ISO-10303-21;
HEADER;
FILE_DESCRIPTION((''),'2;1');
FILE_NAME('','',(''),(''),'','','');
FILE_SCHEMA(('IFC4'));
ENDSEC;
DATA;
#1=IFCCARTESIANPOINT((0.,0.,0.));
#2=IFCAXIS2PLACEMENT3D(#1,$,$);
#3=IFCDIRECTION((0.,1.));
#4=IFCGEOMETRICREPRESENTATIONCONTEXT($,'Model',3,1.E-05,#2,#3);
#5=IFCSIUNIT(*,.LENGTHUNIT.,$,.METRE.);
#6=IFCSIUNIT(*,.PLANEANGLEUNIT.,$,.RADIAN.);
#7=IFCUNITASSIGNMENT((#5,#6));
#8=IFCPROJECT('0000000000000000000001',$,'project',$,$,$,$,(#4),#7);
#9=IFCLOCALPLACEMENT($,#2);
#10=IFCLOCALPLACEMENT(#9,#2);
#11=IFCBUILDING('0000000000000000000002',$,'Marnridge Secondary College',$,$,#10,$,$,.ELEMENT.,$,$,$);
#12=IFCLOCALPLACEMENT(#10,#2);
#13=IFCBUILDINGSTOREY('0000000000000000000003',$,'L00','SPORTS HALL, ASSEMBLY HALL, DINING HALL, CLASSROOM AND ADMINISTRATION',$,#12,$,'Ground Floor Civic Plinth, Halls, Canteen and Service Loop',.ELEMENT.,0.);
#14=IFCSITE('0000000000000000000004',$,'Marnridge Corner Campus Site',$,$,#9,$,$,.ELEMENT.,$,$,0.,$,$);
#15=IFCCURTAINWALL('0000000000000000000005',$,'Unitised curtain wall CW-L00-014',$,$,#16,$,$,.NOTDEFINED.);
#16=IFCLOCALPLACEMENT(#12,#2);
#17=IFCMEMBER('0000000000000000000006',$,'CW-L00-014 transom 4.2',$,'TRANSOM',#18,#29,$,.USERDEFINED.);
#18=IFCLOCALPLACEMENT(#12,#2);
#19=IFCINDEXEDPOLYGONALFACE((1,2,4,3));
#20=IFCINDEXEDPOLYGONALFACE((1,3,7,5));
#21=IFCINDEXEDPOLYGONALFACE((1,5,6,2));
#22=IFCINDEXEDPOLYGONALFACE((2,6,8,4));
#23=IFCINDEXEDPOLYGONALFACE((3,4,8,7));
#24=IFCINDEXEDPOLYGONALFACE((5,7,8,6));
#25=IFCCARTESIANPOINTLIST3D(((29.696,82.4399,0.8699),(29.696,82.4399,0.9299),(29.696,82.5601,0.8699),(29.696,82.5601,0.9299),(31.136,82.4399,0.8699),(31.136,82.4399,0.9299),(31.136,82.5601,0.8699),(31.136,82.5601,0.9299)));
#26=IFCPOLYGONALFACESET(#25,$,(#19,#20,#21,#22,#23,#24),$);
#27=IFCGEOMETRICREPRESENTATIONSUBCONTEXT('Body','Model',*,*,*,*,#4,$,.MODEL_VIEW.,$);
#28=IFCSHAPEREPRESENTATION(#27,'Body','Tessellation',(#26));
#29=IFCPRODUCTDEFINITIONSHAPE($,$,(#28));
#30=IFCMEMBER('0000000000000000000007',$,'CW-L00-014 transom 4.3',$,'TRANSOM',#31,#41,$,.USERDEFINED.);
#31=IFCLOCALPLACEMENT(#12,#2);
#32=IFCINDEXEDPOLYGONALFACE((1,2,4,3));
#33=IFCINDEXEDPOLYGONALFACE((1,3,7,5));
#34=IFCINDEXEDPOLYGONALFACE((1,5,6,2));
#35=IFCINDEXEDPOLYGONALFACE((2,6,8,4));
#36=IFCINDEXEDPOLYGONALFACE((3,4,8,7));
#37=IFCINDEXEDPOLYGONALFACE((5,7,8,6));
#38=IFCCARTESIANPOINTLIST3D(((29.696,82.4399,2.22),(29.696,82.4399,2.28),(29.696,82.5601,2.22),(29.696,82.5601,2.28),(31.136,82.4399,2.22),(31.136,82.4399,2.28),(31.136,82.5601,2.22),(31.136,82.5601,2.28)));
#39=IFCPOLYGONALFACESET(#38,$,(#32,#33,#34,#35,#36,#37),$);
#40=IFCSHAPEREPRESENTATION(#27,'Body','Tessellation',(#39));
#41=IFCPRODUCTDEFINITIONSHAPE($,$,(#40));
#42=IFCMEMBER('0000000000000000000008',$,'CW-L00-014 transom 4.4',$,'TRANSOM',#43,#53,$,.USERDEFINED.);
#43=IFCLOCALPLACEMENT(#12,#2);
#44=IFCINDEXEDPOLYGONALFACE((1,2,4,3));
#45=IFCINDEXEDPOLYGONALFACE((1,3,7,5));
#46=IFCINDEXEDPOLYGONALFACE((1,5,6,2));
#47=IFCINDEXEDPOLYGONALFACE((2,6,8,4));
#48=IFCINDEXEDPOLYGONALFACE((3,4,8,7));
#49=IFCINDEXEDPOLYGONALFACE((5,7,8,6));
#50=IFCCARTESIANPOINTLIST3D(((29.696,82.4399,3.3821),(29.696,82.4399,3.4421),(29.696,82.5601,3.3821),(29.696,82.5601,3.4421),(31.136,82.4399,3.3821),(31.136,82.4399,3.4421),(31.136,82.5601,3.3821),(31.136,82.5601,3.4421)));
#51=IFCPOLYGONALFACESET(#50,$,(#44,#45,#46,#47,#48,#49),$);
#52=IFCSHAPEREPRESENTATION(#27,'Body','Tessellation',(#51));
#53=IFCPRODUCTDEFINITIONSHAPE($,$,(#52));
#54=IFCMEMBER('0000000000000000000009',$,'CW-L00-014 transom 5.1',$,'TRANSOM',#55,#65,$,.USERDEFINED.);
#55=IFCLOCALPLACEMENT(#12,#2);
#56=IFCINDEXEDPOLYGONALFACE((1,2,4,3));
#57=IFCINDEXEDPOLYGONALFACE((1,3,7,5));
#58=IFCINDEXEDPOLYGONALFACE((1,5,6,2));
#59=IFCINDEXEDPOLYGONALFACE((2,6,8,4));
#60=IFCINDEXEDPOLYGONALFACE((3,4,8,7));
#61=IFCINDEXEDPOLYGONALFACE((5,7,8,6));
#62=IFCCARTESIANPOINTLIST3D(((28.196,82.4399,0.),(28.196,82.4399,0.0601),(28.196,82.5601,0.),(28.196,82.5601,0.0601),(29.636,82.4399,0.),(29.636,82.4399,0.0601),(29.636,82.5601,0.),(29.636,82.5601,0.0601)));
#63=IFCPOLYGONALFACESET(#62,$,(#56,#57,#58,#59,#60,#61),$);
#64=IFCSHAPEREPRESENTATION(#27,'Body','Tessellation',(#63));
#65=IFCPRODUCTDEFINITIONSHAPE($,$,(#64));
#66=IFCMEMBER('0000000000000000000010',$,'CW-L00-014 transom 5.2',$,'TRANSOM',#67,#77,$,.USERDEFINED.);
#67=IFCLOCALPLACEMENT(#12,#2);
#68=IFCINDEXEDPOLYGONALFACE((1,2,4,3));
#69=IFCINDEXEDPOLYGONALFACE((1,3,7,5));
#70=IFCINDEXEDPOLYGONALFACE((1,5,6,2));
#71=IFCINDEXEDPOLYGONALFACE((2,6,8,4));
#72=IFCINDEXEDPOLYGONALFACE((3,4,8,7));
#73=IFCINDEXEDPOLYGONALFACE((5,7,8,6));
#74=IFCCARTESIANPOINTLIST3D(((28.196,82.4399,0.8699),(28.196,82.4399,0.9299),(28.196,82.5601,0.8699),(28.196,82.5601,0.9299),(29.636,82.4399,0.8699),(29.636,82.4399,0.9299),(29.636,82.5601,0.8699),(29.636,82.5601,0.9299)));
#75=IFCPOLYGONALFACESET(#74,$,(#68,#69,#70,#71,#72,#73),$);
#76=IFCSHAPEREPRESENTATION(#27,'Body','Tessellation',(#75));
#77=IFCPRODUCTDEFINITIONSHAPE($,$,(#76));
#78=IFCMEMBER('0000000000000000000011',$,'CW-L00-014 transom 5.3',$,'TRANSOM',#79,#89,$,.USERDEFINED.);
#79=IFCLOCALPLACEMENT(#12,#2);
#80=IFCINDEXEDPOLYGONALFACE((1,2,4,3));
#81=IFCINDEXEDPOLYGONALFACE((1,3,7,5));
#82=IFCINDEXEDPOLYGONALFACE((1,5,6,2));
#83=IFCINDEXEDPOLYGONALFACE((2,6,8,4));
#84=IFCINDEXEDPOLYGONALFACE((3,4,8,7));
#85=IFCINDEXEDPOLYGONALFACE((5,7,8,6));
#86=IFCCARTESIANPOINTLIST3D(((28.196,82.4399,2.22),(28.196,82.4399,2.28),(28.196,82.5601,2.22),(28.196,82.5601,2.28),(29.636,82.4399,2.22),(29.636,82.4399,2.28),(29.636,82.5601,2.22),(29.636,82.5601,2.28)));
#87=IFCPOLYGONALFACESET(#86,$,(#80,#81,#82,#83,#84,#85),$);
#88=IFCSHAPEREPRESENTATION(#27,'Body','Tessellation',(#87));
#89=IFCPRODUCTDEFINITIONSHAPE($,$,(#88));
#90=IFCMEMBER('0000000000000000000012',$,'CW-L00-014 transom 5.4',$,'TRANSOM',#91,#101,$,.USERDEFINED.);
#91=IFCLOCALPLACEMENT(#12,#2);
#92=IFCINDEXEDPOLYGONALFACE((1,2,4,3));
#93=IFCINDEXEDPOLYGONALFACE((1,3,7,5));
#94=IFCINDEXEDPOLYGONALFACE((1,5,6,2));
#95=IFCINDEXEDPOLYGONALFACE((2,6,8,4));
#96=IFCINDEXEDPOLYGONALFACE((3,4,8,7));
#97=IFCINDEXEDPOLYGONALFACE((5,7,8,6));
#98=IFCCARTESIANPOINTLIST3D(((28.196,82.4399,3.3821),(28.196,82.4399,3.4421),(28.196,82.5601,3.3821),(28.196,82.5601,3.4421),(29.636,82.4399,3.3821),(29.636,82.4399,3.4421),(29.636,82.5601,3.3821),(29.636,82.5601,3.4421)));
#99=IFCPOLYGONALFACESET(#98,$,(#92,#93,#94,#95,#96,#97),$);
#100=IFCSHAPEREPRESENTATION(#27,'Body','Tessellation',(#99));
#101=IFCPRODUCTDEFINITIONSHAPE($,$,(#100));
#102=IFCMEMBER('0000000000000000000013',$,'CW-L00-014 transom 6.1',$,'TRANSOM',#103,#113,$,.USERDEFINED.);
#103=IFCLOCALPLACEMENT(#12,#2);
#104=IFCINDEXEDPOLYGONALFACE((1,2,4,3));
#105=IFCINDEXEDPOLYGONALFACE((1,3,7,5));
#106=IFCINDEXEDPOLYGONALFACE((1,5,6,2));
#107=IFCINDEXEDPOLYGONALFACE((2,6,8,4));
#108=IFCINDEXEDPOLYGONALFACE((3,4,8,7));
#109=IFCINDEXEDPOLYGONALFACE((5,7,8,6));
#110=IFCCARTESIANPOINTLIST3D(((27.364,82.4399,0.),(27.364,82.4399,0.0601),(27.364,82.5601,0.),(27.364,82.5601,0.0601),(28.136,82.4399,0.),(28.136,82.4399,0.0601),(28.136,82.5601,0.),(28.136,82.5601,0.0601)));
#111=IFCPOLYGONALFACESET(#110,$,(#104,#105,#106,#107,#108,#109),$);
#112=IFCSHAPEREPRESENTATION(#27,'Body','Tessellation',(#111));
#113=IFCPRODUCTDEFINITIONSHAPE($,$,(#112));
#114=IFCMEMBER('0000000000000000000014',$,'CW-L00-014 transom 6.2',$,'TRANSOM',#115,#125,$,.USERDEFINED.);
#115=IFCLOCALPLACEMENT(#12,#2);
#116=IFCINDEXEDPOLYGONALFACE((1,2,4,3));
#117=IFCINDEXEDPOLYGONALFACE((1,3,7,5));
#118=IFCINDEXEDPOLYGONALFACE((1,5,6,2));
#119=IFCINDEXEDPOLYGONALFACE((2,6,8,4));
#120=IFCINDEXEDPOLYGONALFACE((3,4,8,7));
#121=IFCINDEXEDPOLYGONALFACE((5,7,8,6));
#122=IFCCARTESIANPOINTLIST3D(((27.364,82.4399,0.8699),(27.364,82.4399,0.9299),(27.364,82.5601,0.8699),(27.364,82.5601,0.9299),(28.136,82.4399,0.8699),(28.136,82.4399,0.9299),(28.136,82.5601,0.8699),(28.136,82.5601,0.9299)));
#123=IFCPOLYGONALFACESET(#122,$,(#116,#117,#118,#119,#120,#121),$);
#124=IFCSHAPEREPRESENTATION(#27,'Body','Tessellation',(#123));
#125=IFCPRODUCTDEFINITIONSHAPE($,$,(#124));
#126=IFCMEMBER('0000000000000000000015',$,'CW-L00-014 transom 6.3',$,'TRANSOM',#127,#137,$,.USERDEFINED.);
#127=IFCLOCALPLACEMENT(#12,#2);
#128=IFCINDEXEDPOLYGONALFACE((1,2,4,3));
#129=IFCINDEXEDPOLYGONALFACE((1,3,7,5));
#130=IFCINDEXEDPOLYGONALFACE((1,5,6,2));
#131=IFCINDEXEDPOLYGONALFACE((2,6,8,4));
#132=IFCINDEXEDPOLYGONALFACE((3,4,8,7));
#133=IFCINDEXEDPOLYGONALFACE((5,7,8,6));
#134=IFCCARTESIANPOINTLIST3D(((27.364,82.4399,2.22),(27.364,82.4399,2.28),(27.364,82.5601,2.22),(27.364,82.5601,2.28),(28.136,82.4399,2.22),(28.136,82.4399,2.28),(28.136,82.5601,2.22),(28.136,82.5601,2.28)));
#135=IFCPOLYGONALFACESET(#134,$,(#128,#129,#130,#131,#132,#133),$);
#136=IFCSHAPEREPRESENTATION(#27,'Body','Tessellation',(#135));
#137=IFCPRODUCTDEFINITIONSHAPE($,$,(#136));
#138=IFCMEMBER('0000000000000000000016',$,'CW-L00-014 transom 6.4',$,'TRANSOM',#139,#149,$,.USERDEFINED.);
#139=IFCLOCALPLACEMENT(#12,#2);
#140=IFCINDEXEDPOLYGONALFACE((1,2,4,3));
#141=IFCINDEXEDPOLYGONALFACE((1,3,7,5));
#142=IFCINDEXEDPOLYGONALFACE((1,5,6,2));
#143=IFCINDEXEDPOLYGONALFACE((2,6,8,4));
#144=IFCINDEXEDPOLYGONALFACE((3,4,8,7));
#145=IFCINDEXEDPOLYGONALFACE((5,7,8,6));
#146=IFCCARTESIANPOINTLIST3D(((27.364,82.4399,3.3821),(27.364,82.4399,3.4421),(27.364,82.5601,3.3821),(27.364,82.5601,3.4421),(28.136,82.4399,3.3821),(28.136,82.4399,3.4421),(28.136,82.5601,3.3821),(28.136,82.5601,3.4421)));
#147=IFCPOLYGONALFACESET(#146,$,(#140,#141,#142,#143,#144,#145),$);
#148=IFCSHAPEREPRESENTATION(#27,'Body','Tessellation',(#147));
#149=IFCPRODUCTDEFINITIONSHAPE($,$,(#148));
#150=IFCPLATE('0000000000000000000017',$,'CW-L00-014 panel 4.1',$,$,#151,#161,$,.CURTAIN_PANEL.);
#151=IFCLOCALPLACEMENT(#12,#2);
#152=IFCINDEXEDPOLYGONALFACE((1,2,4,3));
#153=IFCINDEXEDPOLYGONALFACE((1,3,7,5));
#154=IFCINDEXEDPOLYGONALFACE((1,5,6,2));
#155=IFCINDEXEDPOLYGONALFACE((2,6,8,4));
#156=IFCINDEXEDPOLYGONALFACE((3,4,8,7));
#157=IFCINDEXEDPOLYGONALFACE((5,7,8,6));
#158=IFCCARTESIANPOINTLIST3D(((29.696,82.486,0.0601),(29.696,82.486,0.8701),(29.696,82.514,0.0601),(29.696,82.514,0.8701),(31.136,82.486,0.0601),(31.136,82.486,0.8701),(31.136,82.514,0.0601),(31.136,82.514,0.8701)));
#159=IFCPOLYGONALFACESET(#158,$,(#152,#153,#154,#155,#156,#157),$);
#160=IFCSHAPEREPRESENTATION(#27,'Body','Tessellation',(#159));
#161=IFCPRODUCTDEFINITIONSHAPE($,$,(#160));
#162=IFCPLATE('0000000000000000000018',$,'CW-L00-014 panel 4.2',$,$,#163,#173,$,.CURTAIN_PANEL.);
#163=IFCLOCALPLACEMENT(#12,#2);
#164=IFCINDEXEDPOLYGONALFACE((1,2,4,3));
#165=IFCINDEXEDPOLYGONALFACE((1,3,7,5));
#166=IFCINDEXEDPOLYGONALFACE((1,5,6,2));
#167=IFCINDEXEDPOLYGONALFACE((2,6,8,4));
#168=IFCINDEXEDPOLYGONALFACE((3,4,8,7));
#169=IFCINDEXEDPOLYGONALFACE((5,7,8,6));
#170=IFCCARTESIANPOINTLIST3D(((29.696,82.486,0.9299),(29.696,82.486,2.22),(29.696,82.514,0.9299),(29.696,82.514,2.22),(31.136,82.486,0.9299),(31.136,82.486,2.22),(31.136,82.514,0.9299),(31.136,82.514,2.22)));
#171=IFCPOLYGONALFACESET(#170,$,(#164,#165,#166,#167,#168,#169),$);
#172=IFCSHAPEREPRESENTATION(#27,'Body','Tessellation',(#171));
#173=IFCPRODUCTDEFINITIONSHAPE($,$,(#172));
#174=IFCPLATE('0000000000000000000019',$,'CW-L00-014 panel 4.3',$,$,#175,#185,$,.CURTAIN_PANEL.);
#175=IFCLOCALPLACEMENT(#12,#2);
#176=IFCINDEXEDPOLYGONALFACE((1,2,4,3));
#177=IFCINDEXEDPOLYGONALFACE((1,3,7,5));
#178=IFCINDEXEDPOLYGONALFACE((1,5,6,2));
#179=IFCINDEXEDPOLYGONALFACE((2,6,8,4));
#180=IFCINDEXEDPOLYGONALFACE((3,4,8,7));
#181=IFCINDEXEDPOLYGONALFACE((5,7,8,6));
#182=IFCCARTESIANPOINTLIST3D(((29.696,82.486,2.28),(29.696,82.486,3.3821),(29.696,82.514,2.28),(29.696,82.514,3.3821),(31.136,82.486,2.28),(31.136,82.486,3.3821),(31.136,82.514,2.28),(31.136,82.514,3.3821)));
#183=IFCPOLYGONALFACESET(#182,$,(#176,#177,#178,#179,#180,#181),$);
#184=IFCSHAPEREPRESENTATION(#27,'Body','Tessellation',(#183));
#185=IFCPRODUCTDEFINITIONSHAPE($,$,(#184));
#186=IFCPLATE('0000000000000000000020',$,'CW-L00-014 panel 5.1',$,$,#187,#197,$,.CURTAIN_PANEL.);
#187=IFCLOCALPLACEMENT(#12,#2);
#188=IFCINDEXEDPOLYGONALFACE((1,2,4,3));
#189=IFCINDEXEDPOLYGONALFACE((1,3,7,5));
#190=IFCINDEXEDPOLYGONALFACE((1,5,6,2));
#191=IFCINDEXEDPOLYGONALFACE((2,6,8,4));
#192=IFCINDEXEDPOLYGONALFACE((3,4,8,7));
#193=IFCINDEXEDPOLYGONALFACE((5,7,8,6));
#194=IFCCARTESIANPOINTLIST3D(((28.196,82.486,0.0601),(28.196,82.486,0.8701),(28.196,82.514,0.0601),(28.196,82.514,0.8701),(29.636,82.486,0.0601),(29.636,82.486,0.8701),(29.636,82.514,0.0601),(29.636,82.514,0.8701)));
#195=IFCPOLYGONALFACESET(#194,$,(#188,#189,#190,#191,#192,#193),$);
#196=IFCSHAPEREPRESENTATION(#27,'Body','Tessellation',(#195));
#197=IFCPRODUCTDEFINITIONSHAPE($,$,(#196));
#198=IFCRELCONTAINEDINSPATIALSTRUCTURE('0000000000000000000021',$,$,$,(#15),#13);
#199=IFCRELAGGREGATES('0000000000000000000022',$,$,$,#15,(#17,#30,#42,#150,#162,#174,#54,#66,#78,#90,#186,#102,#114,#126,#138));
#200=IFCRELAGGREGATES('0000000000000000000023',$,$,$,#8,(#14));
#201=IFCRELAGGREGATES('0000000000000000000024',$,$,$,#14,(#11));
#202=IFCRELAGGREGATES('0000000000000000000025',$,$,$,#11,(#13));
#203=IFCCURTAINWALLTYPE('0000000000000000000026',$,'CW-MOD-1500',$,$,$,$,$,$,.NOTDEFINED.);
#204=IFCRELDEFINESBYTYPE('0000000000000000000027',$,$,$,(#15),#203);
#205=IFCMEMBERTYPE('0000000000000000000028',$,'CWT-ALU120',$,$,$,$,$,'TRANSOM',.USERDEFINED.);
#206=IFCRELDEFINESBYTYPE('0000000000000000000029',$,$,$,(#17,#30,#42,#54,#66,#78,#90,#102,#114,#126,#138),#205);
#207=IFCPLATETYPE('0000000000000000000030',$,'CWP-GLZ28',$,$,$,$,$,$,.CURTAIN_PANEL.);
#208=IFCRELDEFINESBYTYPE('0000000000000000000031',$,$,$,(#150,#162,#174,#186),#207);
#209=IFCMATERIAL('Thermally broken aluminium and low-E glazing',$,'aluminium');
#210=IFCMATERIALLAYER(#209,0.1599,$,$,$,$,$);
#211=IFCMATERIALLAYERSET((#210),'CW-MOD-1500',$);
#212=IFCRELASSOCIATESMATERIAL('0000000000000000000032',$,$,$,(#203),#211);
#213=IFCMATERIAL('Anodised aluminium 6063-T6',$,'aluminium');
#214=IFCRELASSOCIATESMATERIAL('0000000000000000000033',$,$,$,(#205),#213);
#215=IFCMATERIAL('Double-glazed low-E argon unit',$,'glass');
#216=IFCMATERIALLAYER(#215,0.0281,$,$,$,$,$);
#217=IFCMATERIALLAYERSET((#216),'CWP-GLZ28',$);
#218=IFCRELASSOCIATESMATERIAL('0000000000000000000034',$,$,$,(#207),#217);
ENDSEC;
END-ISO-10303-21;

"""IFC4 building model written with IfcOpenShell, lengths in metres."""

from ifc_helpers import new_model, si_unit, direction, frame, origin, origin_2d, place, context, subcontext, project, spatial, rectangle, extrude, material, layer, layer_set, material_profile, profile_set, type_object, element, aggregate, save


model = new_model("IFC4")

# Units and contexts
model_context = context("Model", 3, precision=1e-05, world=origin(), true_north=direction((0.0, 1.0)))
body_context = subcontext(model_context, "Body", "Model", "MODEL_VIEW")
ifc_project = project(units=[si_unit("LENGTHUNIT", "METRE"), si_unit("PLANEANGLEUNIT", "RADIAN")], contexts=[model_context])

# Site, building, storey
site_placement = place(None, origin())
site = spatial("IfcSite", under=ifc_project, at=site_placement, Name="Marnridge Corner Campus Site", CompositionType="ELEMENT", RefElevation=0.0)
building_placement = place(site_placement, origin())
building = spatial("IfcBuilding", under=site, at=building_placement, Name="Marnridge Secondary College", CompositionType="ELEMENT")
storey_placement = place(building_placement, origin())
storey = spatial("IfcBuildingStorey", under=building, at=storey_placement, Name="L00", Description="SPORTS HALL, ASSEMBLY HALL, DINING HALL, CLASSROOM AND ADMINISTRATION", LongName="Ground Floor Civic Plinth, Halls, Canteen and Service Loop", CompositionType="ELEMENT", Elevation=0.0)

# Curtain wall, members, plates
ifc_material_1 = material(Name="Thermally broken aluminium and low-E glazing", Category="aluminium")
ifc_layer_1 = layer(ifc_material_1, 0.1599)
ifc_layer_set_1 = layer_set([ifc_layer_1], Name="CW-MOD-1500")
curtain_wall_type = type_object("IfcCurtainWallType", Name="CW-MOD-1500", PredefinedType="NOTDEFINED", material=ifc_layer_set_1)
curtain_wall_placement = place(storey_placement, origin())
curtain_wall = element("IfcCurtainWall", 1, at=curtain_wall_placement, inside=storey, type_object=curtain_wall_type, Name="Unitised curtain wall CW-L00-014", PredefinedType="NOTDEFINED")
ifc_material_2 = material(Name="Anodised aluminium 6063-T6", Category="aluminium")
ifc_material_profile_1 = material_profile(ifc_material_2, rectangle(XDim=0.0601, YDim=0.1201, at=origin_2d()), Name="ALU 60x120")
ifc_profile_set_1 = profile_set([ifc_material_profile_1], Name="Anodised aluminium 6063-T6")
member_type_1 = type_object("IfcMemberType", Name="CWT-ALU120", ElementType="TRANSOM", PredefinedType="USERDEFINED", material=ifc_profile_set_1)
member_1_placement = place(storey_placement, frame((31.136, 82.5, 0.8999), z_axis=(-1.0, 0.0, 0.0), x_axis=(0.0, 0.0, 1.0)))
member_1 = element("IfcMember", 2, at=member_1_placement, type_object=member_type_1, Name="CW-L00-014 transom 4.2", ObjectType="TRANSOM", PredefinedType="USERDEFINED", context=body_context, shape_type="SweptSolid", body=[
    extrude(rectangle(XDim=0.0601, YDim=0.1201, at=origin_2d()), origin(), (0.0, 0.0, 1.0), 1.4399),
])
member_2_placement = place(storey_placement, frame((31.136, 82.5, 2.25), z_axis=(-1.0, 0.0, 0.0), x_axis=(0.0, 0.0, 1.0)))
member_2 = element("IfcMember", 3, at=member_2_placement, type_object=member_type_1, Name="CW-L00-014 transom 4.3", ObjectType="TRANSOM", PredefinedType="USERDEFINED", context=body_context, shape_type="SweptSolid", body=[
    extrude(rectangle(XDim=0.0601, YDim=0.1201, at=origin_2d()), origin(), (0.0, 0.0, 1.0), 1.4399),
])
member_3_placement = place(storey_placement, frame((31.136, 82.5, 3.4121), z_axis=(-1.0, 0.0, 0.0), x_axis=(0.0, 0.0, 1.0)))
member_3 = element("IfcMember", 4, at=member_3_placement, type_object=member_type_1, Name="CW-L00-014 transom 4.4", ObjectType="TRANSOM", PredefinedType="USERDEFINED", context=body_context, shape_type="SweptSolid", body=[
    extrude(rectangle(XDim=0.0601, YDim=0.1201, at=origin_2d()), origin(), (0.0, 0.0, 1.0), 1.4399),
])
member_4_placement = place(storey_placement, frame((29.636, 82.5, 0.03), z_axis=(-1.0, 0.0, 0.0), x_axis=(0.0, 0.0, 1.0)))
member_4 = element("IfcMember", 5, at=member_4_placement, type_object=member_type_1, Name="CW-L00-014 transom 5.1", ObjectType="TRANSOM", PredefinedType="USERDEFINED", context=body_context, shape_type="SweptSolid", body=[
    extrude(rectangle(XDim=0.0601, YDim=0.1201, at=origin_2d()), origin(), (0.0, 0.0, 1.0), 1.4399),
])
member_5_placement = place(storey_placement, frame((29.636, 82.5, 0.8999), z_axis=(-1.0, 0.0, 0.0), x_axis=(0.0, 0.0, 1.0)))
member_5 = element("IfcMember", 6, at=member_5_placement, type_object=member_type_1, Name="CW-L00-014 transom 5.2", ObjectType="TRANSOM", PredefinedType="USERDEFINED", context=body_context, shape_type="SweptSolid", body=[
    extrude(rectangle(XDim=0.0601, YDim=0.1201, at=origin_2d()), origin(), (0.0, 0.0, 1.0), 1.4399),
])
member_6_placement = place(storey_placement, frame((29.636, 82.5, 2.25), z_axis=(-1.0, 0.0, 0.0), x_axis=(0.0, 0.0, 1.0)))
member_6 = element("IfcMember", 7, at=member_6_placement, type_object=member_type_1, Name="CW-L00-014 transom 5.3", ObjectType="TRANSOM", PredefinedType="USERDEFINED", context=body_context, shape_type="SweptSolid", body=[
    extrude(rectangle(XDim=0.0601, YDim=0.1201, at=origin_2d()), origin(), (0.0, 0.0, 1.0), 1.4399),
])
member_7_placement = place(storey_placement, frame((29.636, 82.5, 3.4121), z_axis=(-1.0, 0.0, 0.0), x_axis=(0.0, 0.0, 1.0)))
member_7 = element("IfcMember", 8, at=member_7_placement, type_object=member_type_1, Name="CW-L00-014 transom 5.4", ObjectType="TRANSOM", PredefinedType="USERDEFINED", context=body_context, shape_type="SweptSolid", body=[
    extrude(rectangle(XDim=0.0601, YDim=0.1201, at=origin_2d()), origin(), (0.0, 0.0, 1.0), 1.4399),
])
member_8_placement = place(storey_placement, frame((28.136, 82.5, 0.03), z_axis=(-1.0, 0.0, 0.0), x_axis=(0.0, 0.0, 1.0)))
member_8 = element("IfcMember", 9, at=member_8_placement, type_object=member_type_1, Name="CW-L00-014 transom 6.1", ObjectType="TRANSOM", PredefinedType="USERDEFINED", context=body_context, shape_type="SweptSolid", body=[
    extrude(rectangle(XDim=0.0601, YDim=0.1201, at=origin_2d()), origin(), (0.0, 0.0, 1.0), 0.772),
])
member_9_placement = place(storey_placement, frame((28.136, 82.5, 0.8999), z_axis=(-1.0, 0.0, 0.0), x_axis=(0.0, 0.0, 1.0)))
member_9 = element("IfcMember", 10, at=member_9_placement, type_object=member_type_1, Name="CW-L00-014 transom 6.2", ObjectType="TRANSOM", PredefinedType="USERDEFINED", context=body_context, shape_type="SweptSolid", body=[
    extrude(rectangle(XDim=0.0601, YDim=0.1201, at=origin_2d()), origin(), (0.0, 0.0, 1.0), 0.772),
])
member_10_placement = place(storey_placement, frame((28.136, 82.5, 2.25), z_axis=(-1.0, 0.0, 0.0), x_axis=(0.0, 0.0, 1.0)))
member_10 = element("IfcMember", 11, at=member_10_placement, type_object=member_type_1, Name="CW-L00-014 transom 6.3", ObjectType="TRANSOM", PredefinedType="USERDEFINED", context=body_context, shape_type="SweptSolid", body=[
    extrude(rectangle(XDim=0.0601, YDim=0.1201, at=origin_2d()), origin(), (0.0, 0.0, 1.0), 0.772),
])
member_11_placement = place(storey_placement, frame((28.136, 82.5, 3.4121), z_axis=(-1.0, 0.0, 0.0), x_axis=(0.0, 0.0, 1.0)))
member_11 = element("IfcMember", 12, at=member_11_placement, type_object=member_type_1, Name="CW-L00-014 transom 6.4", ObjectType="TRANSOM", PredefinedType="USERDEFINED", context=body_context, shape_type="SweptSolid", body=[
    extrude(rectangle(XDim=0.0601, YDim=0.1201, at=origin_2d()), origin(), (0.0, 0.0, 1.0), 0.772),
])
ifc_material_3 = material(Name="Double-glazed low-E argon unit", Category="glass")
ifc_layer_2 = layer(ifc_material_3, 0.0281)
ifc_layer_set_2 = layer_set([ifc_layer_2], Name="CWP-GLZ28")
plate_type = type_object("IfcPlateType", Name="CWP-GLZ28", PredefinedType="CURTAIN_PANEL", material=ifc_layer_set_2)
plate_1_placement = place(storey_placement, frame((30.416, 82.5, 0.0601), z_axis=(0.0, 0.0, 1.0), x_axis=(-1.0, 0.0, 0.0)))
plate_1 = element("IfcPlate", 13, at=plate_1_placement, type_object=plate_type, Name="CW-L00-014 panel 4.1", PredefinedType="CURTAIN_PANEL", context=body_context, shape_type="SweptSolid", body=[
    extrude(rectangle(XDim=1.4399, YDim=0.0281, at=origin_2d()), origin(), (0.0, 0.0, 1.0), 0.8101),
])
plate_2_placement = place(storey_placement, frame((30.416, 82.5, 0.9299), z_axis=(0.0, 0.0, 1.0), x_axis=(-1.0, 0.0, 0.0)))
plate_2 = element("IfcPlate", 14, at=plate_2_placement, type_object=plate_type, Name="CW-L00-014 panel 4.2", PredefinedType="CURTAIN_PANEL", context=body_context, shape_type="SweptSolid", body=[
    extrude(rectangle(XDim=1.4399, YDim=0.0281, at=origin_2d()), origin(), (0.0, 0.0, 1.0), 1.29),
])
plate_3_placement = place(storey_placement, frame((30.416, 82.5, 2.28), z_axis=(0.0, 0.0, 1.0), x_axis=(-1.0, 0.0, 0.0)))
plate_3 = element("IfcPlate", 15, at=plate_3_placement, type_object=plate_type, Name="CW-L00-014 panel 4.3", PredefinedType="CURTAIN_PANEL", context=body_context, shape_type="SweptSolid", body=[
    extrude(rectangle(XDim=1.4399, YDim=0.0281, at=origin_2d()), origin(), (0.0, 0.0, 1.0), 1.1021),
])
plate_4_placement = place(storey_placement, frame((28.916, 82.5, 0.0601), z_axis=(0.0, 0.0, 1.0), x_axis=(-1.0, 0.0, 0.0)))
plate_4 = element("IfcPlate", 16, at=plate_4_placement, type_object=plate_type, Name="CW-L00-014 panel 5.1", PredefinedType="CURTAIN_PANEL", context=body_context, shape_type="SweptSolid", body=[
    extrude(rectangle(XDim=1.4399, YDim=0.0281, at=origin_2d()), origin(), (0.0, 0.0, 1.0), 0.8101),
])
aggregate(curtain_wall, [member_1, member_2, member_3, plate_1, plate_2, plate_3, member_4, member_5, member_6, member_7, plate_4, member_8, member_9, member_10, member_11])

save(model, "model.ifc")
